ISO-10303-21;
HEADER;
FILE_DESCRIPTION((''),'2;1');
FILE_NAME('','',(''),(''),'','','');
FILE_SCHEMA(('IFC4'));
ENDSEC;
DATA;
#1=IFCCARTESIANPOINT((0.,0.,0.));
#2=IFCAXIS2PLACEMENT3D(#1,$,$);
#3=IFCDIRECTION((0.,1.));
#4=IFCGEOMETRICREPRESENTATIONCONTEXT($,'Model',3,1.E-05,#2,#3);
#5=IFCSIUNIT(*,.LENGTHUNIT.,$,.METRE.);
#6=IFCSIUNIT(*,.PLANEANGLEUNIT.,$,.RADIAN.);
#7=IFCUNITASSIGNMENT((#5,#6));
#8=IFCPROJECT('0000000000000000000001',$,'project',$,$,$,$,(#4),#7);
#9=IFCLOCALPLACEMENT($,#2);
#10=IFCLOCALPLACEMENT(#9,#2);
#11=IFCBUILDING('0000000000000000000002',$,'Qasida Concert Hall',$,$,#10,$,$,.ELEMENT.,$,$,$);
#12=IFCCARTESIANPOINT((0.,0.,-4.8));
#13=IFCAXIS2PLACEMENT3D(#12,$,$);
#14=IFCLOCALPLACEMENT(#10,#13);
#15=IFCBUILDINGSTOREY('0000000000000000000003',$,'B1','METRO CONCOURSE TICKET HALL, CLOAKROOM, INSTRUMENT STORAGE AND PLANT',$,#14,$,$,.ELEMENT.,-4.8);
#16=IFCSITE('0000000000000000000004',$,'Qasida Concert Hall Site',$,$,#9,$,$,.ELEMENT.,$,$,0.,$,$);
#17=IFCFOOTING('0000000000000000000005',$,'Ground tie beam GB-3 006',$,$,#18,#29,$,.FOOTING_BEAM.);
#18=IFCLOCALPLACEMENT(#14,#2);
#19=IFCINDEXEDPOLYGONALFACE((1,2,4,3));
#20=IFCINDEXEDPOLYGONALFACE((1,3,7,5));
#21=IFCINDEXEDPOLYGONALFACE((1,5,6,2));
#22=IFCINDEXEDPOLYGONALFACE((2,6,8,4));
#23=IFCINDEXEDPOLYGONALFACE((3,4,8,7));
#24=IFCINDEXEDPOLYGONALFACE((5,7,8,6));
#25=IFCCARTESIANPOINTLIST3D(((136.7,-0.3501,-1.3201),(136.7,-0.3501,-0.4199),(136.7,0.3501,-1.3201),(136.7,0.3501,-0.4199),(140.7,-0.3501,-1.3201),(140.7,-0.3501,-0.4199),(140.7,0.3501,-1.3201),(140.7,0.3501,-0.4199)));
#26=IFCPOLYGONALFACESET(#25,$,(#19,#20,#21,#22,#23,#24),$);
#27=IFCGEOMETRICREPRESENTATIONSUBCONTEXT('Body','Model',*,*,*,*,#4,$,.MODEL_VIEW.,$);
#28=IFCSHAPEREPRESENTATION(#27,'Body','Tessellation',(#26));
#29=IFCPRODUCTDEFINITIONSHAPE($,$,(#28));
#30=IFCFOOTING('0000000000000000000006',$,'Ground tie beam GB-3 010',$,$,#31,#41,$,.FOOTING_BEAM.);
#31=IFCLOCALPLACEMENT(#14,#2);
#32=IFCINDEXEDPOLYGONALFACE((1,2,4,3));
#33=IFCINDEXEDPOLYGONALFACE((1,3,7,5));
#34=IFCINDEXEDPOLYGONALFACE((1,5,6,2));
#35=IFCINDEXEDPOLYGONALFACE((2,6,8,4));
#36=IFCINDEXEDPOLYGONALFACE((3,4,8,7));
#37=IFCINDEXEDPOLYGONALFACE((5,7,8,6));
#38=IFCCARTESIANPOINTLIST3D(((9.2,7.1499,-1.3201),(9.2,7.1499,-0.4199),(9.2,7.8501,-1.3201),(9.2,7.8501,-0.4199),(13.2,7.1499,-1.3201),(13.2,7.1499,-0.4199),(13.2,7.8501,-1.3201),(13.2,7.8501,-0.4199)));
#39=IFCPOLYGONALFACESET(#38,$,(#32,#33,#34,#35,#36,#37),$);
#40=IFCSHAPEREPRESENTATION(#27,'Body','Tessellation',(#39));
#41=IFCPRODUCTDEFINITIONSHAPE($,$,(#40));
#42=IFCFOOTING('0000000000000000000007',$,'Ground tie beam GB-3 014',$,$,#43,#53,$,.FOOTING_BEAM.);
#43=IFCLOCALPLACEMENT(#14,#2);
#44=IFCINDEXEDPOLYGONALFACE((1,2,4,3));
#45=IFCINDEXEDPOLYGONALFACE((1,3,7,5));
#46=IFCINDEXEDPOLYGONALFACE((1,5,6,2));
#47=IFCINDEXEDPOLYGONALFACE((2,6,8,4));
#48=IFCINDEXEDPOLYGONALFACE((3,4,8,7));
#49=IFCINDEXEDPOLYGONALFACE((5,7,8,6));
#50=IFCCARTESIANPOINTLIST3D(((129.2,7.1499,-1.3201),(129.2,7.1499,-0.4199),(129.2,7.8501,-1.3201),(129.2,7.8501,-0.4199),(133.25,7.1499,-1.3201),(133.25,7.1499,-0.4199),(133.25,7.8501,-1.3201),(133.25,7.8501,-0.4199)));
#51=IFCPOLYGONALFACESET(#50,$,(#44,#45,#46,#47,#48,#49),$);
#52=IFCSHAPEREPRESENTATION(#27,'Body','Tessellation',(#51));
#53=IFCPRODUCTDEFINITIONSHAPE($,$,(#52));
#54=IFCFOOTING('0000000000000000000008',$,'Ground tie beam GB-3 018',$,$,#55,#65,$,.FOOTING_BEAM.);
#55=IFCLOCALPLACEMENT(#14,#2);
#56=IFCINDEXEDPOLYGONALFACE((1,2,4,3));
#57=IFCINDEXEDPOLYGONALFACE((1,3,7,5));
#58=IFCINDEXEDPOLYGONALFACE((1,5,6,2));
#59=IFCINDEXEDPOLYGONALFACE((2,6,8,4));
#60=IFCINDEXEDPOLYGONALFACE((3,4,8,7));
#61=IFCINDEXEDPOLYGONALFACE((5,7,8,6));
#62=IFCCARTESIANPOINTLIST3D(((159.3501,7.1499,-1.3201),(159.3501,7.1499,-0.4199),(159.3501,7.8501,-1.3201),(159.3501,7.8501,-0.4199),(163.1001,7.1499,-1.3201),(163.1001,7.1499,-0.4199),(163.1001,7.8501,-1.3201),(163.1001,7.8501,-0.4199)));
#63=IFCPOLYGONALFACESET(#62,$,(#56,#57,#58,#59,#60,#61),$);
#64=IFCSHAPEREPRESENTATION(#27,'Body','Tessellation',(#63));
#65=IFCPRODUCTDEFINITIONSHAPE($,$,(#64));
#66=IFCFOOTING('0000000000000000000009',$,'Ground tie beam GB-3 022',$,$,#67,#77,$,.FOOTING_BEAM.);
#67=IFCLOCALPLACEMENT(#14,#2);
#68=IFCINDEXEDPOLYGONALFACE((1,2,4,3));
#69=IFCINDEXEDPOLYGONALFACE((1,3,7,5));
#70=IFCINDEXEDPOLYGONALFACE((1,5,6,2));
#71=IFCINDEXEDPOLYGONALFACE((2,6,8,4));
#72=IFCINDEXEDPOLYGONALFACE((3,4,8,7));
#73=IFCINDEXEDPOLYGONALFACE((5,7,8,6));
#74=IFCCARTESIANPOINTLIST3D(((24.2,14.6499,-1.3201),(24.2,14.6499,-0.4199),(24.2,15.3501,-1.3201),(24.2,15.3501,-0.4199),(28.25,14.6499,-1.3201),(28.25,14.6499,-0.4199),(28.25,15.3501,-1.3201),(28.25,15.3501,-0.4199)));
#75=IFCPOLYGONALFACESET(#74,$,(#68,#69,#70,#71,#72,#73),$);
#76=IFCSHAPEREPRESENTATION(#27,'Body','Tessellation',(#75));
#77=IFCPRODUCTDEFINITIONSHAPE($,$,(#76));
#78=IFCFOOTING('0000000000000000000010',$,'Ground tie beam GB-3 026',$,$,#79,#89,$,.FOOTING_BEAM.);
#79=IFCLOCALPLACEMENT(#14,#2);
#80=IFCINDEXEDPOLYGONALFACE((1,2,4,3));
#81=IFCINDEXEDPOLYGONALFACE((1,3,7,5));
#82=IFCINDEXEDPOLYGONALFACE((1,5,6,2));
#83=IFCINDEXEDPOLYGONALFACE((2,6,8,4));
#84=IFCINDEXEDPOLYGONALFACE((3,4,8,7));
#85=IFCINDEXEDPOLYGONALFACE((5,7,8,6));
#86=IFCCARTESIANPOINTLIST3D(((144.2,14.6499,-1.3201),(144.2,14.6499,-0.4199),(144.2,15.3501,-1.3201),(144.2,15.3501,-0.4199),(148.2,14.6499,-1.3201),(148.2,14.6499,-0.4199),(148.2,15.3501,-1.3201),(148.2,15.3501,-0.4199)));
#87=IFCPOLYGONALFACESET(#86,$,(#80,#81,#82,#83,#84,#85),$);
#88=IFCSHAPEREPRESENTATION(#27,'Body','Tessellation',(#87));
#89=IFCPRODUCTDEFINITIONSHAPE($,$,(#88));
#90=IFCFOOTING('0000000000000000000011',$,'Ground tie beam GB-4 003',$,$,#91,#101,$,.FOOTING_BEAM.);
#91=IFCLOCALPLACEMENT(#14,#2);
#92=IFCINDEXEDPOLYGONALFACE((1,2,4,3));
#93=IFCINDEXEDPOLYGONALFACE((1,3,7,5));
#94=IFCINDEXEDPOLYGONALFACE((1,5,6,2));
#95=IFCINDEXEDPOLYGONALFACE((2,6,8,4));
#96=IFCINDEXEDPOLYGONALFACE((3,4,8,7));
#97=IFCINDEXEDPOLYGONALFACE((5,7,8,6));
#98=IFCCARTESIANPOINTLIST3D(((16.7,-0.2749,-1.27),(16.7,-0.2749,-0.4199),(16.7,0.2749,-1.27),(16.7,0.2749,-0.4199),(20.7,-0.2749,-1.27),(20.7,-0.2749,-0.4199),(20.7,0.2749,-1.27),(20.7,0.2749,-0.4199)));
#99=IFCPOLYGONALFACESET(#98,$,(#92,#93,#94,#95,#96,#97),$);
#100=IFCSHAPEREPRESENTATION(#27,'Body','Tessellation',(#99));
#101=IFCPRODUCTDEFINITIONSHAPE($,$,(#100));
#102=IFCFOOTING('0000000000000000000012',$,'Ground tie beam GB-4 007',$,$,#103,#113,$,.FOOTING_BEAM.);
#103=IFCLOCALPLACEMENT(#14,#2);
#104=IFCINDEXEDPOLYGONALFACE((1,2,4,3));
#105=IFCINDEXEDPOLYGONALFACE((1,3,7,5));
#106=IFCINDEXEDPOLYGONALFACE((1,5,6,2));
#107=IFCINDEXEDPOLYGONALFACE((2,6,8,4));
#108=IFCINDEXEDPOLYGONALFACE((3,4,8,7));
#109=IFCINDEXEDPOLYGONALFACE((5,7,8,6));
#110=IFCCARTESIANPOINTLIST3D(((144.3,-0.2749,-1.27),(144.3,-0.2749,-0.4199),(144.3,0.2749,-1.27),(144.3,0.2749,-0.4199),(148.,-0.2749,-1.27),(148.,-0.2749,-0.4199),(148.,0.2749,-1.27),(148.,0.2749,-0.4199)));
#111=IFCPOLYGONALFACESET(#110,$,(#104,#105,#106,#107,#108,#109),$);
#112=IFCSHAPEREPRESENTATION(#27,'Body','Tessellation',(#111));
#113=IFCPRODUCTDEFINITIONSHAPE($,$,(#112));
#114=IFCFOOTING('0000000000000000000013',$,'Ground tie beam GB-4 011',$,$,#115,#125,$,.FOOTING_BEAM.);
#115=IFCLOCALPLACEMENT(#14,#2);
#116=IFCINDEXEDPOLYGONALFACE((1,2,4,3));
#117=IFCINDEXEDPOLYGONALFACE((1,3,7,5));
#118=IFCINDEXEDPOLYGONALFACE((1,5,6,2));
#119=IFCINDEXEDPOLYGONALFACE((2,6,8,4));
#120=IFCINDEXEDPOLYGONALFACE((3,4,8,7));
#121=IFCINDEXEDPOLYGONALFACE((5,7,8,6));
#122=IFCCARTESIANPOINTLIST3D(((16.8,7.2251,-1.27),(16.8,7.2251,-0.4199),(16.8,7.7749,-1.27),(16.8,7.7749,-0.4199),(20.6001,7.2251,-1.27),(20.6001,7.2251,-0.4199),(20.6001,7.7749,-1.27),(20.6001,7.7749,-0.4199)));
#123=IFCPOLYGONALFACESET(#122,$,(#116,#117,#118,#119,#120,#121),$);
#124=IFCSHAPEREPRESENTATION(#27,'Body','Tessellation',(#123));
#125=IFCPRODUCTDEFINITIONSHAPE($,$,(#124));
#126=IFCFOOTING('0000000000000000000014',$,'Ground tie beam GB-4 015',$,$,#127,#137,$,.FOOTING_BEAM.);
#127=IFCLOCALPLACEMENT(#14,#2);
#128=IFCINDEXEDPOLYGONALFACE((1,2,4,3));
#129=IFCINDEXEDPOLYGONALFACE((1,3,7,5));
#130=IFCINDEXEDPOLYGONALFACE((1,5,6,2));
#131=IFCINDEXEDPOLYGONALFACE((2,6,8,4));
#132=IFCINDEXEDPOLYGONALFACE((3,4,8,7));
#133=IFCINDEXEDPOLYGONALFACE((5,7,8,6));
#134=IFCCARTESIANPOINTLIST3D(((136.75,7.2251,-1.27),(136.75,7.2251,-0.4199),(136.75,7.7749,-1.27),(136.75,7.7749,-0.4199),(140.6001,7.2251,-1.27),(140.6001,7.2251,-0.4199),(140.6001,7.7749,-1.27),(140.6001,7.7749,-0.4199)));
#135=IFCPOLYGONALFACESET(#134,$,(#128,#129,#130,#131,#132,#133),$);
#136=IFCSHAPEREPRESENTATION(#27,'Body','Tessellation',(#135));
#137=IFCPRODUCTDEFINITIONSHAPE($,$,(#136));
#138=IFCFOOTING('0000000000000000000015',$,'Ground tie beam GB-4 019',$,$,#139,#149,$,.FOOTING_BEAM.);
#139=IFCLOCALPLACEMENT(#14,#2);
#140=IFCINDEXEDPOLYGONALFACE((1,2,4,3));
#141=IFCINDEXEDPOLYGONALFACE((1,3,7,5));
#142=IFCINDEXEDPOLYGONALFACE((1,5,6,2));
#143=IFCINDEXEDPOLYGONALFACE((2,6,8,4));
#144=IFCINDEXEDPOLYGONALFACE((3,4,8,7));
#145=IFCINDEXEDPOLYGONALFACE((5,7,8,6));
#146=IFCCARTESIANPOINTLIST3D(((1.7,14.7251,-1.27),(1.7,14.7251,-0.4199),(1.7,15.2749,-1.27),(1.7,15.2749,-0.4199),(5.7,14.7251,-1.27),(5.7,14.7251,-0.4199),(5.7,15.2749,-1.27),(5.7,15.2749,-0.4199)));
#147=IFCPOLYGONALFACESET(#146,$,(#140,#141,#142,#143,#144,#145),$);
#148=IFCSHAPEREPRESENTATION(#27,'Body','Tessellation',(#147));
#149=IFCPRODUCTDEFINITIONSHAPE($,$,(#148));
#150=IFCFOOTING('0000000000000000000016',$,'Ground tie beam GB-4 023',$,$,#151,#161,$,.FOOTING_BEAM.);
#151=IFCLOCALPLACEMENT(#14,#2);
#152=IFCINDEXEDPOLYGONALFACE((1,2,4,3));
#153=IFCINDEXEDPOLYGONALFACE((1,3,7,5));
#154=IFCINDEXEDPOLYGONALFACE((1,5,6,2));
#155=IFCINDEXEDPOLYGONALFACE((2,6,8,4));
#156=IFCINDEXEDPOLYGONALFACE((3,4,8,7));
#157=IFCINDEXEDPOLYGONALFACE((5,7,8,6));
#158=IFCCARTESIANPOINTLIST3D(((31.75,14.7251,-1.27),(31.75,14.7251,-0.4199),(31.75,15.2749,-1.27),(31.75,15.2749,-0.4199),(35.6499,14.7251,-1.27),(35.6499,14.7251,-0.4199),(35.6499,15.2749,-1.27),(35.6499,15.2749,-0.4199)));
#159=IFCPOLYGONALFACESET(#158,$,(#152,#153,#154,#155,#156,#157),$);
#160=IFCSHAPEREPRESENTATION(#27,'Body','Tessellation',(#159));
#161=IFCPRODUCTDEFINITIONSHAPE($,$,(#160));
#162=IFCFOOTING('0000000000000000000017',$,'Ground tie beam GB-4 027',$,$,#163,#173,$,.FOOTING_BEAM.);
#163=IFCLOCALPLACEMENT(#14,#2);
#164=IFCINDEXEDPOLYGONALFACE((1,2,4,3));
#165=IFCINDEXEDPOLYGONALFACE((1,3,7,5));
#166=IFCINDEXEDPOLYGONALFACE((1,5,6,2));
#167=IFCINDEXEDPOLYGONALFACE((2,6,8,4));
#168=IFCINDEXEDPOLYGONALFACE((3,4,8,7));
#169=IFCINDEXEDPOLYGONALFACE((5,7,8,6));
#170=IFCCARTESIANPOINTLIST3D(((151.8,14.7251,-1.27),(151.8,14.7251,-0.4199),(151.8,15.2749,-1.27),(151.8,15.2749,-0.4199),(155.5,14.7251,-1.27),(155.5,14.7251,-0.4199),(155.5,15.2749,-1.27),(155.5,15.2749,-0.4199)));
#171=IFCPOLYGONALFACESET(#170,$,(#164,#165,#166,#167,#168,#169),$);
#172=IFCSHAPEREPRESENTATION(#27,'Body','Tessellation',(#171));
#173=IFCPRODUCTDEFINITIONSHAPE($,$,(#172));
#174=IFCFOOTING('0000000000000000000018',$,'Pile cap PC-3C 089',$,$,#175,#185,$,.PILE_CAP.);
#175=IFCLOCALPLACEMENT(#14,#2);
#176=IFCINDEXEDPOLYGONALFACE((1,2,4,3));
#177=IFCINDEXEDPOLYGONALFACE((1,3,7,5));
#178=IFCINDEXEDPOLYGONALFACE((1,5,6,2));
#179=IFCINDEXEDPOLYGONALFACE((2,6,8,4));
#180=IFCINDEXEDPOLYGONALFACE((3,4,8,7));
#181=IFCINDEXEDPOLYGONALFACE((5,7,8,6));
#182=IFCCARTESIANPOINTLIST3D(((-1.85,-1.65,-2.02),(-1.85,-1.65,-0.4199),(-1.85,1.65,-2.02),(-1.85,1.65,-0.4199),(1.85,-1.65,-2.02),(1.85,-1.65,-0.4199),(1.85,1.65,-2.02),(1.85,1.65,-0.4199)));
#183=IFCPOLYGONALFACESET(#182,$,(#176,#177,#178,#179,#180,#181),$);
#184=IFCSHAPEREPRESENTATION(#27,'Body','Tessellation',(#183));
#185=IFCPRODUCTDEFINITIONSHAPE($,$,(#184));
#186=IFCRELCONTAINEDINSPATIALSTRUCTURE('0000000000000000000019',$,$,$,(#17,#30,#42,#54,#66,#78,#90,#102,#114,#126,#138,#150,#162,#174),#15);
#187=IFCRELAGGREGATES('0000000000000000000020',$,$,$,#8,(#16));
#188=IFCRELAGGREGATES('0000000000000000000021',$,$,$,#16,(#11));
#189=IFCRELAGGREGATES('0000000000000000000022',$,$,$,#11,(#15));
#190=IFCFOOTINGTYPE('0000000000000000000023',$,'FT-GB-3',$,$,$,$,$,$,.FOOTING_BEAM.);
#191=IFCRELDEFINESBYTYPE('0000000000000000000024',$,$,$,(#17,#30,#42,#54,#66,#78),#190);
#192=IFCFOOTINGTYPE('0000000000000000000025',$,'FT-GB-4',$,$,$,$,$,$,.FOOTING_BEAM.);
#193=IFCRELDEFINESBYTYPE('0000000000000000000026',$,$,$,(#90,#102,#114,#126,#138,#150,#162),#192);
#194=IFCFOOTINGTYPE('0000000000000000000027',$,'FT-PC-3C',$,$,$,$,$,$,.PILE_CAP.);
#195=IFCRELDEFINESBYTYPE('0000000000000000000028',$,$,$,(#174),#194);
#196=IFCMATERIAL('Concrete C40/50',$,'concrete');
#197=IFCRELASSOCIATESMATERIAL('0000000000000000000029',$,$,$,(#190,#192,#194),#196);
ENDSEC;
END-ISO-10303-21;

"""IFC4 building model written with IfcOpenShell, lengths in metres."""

from ifc_helpers import new_model, si_unit, direction, frame, origin, origin_2d, place, context, subcontext, project, spatial, polyline, rectangle, outline, extrude, material, type_object, element, save


model = new_model("IFC4")

# Units and contexts
model_context = context("Model", 3, precision=1e-05, world=origin(), true_north=direction((0.0, 1.0)))
body_context = subcontext(model_context, "Body", "Model", "MODEL_VIEW")
ifc_project = project(units=[si_unit("LENGTHUNIT", "METRE"), si_unit("PLANEANGLEUNIT", "RADIAN")], contexts=[model_context])

# Site, building, storey
site_placement = place(None, origin())
site = spatial("IfcSite", under=ifc_project, at=site_placement, Name="Qasida Concert Hall Site", CompositionType="ELEMENT", RefElevation=0.0)
building_placement = place(site_placement, origin())
building = spatial("IfcBuilding", under=site, at=building_placement, Name="Qasida Concert Hall", CompositionType="ELEMENT")
storey_placement = place(building_placement, frame((0.0, 0.0, -4.8)))
storey = spatial("IfcBuildingStorey", under=building, at=storey_placement, Name="B1", Description="METRO CONCOURSE TICKET HALL, CLOAKROOM, INSTRUMENT STORAGE AND PLANT", CompositionType="ELEMENT", Elevation=-4.8)

# Footings
ifc_material = material(Name="Concrete C40/50", Category="concrete")
footing_type_1 = type_object("IfcFootingType", Name="FT-GB-3", PredefinedType="FOOTING_BEAM", material=ifc_material)
footing_1_placement = place(storey_placement, frame((0.0, 0.0, -1.3201)))
element("IfcFooting", 1, at=footing_1_placement, inside=storey, type_object=footing_type_1, Name="Ground tie beam GB-3 006", PredefinedType="FOOTING_BEAM", context=body_context, shape_type="SweptSolid", body=[
    extrude(outline(polyline([(136.7, -0.3501), (140.7, -0.3501), (140.7, 0.3501), (136.7, 0.3501), (136.7, -0.3501)])), origin(), (0.0, 0.0, 1.0), 0.9001),
])
footing_2_placement = place(storey_placement, frame((0.0, 0.0, -1.3201)))
element("IfcFooting", 2, at=footing_2_placement, inside=storey, type_object=footing_type_1, Name="Ground tie beam GB-3 010", PredefinedType="FOOTING_BEAM", context=body_context, shape_type="SweptSolid", body=[
    extrude(outline(polyline([(9.2, 7.1499), (13.2, 7.1499), (13.2, 7.8501), (9.2, 7.8501), (9.2, 7.1499)])), origin(), (0.0, 0.0, 1.0), 0.9001),
])
footing_3_placement = place(storey_placement, frame((0.0, 0.0, -1.3201)))
element("IfcFooting", 3, at=footing_3_placement, inside=storey, type_object=footing_type_1, Name="Ground tie beam GB-3 014", PredefinedType="FOOTING_BEAM", context=body_context, shape_type="SweptSolid", body=[
    extrude(outline(polyline([(129.2, 7.1499), (133.25, 7.1499), (133.25, 7.8501), (129.2, 7.8501), (129.2, 7.1499)])), origin(), (0.0, 0.0, 1.0), 0.9001),
])
footing_4_placement = place(storey_placement, frame((0.0, 0.0, -1.3201)))
element("IfcFooting", 4, at=footing_4_placement, inside=storey, type_object=footing_type_1, Name="Ground tie beam GB-3 018", PredefinedType="FOOTING_BEAM", context=body_context, shape_type="SweptSolid", body=[
    extrude(outline(polyline([(159.3501, 7.1499), (163.1001, 7.1499), (163.1001, 7.8501), (159.3501, 7.8501), (159.3501, 7.1499)])), origin(), (0.0, 0.0, 1.0), 0.9001),
])
footing_5_placement = place(storey_placement, frame((0.0, 0.0, -1.3201)))
element("IfcFooting", 5, at=footing_5_placement, inside=storey, type_object=footing_type_1, Name="Ground tie beam GB-3 022", PredefinedType="FOOTING_BEAM", context=body_context, shape_type="SweptSolid", body=[
    extrude(outline(polyline([(24.2, 14.6499), (28.25, 14.6499), (28.25, 15.3501), (24.2, 15.3501), (24.2, 14.6499)])), origin(), (0.0, 0.0, 1.0), 0.9001),
])
footing_6_placement = place(storey_placement, frame((0.0, 0.0, -1.3201)))
element("IfcFooting", 6, at=footing_6_placement, inside=storey, type_object=footing_type_1, Name="Ground tie beam GB-3 026", PredefinedType="FOOTING_BEAM", context=body_context, shape_type="SweptSolid", body=[
    extrude(outline(polyline([(144.2, 14.6499), (148.2, 14.6499), (148.2, 15.3501), (144.2, 15.3501), (144.2, 14.6499)])), origin(), (0.0, 0.0, 1.0), 0.9001),
])
footing_type_2 = type_object("IfcFootingType", Name="FT-GB-4", PredefinedType="FOOTING_BEAM", material=ifc_material)
footing_7_placement = place(storey_placement, frame((0.0, 0.0, -1.27)))
element("IfcFooting", 7, at=footing_7_placement, inside=storey, type_object=footing_type_2, Name="Ground tie beam GB-4 003", PredefinedType="FOOTING_BEAM", context=body_context, shape_type="SweptSolid", body=[
    extrude(outline(polyline([(16.7, -0.2749), (20.7, -0.2749), (20.7, 0.2749), (16.7, 0.2749), (16.7, -0.2749)])), origin(), (0.0, 0.0, 1.0), 0.8501),
])
footing_8_placement = place(storey_placement, frame((0.0, 0.0, -1.27)))
element("IfcFooting", 8, at=footing_8_placement, inside=storey, type_object=footing_type_2, Name="Ground tie beam GB-4 007", PredefinedType="FOOTING_BEAM", context=body_context, shape_type="SweptSolid", body=[
    extrude(outline(polyline([(144.3, -0.2749), (148.0, -0.2749), (148.0, 0.2749), (144.3, 0.2749), (144.3, -0.2749)])), origin(), (0.0, 0.0, 1.0), 0.8501),
])
footing_9_placement = place(storey_placement, frame((0.0, 0.0, -1.27)))
element("IfcFooting", 9, at=footing_9_placement, inside=storey, type_object=footing_type_2, Name="Ground tie beam GB-4 011", PredefinedType="FOOTING_BEAM", context=body_context, shape_type="SweptSolid", body=[
    extrude(outline(polyline([(16.8, 7.2251), (20.6001, 7.2251), (20.6001, 7.7749), (16.8, 7.7749), (16.8, 7.2251)])), origin(), (0.0, 0.0, 1.0), 0.8501),
])
footing_10_placement = place(storey_placement, frame((0.0, 0.0, -1.27)))
element("IfcFooting", 10, at=footing_10_placement, inside=storey, type_object=footing_type_2, Name="Ground tie beam GB-4 015", PredefinedType="FOOTING_BEAM", context=body_context, shape_type="SweptSolid", body=[
    extrude(outline(polyline([(136.75, 7.2251), (140.6001, 7.2251), (140.6001, 7.7749), (136.75, 7.7749), (136.75, 7.2251)])), origin(), (0.0, 0.0, 1.0), 0.8501),
])
footing_11_placement = place(storey_placement, frame((0.0, 0.0, -1.27)))
element("IfcFooting", 11, at=footing_11_placement, inside=storey, type_object=footing_type_2, Name="Ground tie beam GB-4 019", PredefinedType="FOOTING_BEAM", context=body_context, shape_type="SweptSolid", body=[
    extrude(outline(polyline([(1.7, 14.7251), (5.7, 14.7251), (5.7, 15.2749), (1.7, 15.2749), (1.7, 14.7251)])), origin(), (0.0, 0.0, 1.0), 0.8501),
])
footing_12_placement = place(storey_placement, frame((0.0, 0.0, -1.27)))
element("IfcFooting", 12, at=footing_12_placement, inside=storey, type_object=footing_type_2, Name="Ground tie beam GB-4 023", PredefinedType="FOOTING_BEAM", context=body_context, shape_type="SweptSolid", body=[
    extrude(outline(polyline([(31.75, 14.7251), (35.6499, 14.7251), (35.6499, 15.2749), (31.75, 15.2749), (31.75, 14.7251)])), origin(), (0.0, 0.0, 1.0), 0.8501),
])
footing_13_placement = place(storey_placement, frame((0.0, 0.0, -1.27)))
element("IfcFooting", 13, at=footing_13_placement, inside=storey, type_object=footing_type_2, Name="Ground tie beam GB-4 027", PredefinedType="FOOTING_BEAM", context=body_context, shape_type="SweptSolid", body=[
    extrude(outline(polyline([(151.8, 14.7251), (155.5, 14.7251), (155.5, 15.2749), (151.8, 15.2749), (151.8, 14.7251)])), origin(), (0.0, 0.0, 1.0), 0.8501),
])
footing_type_3 = type_object("IfcFootingType", Name="FT-PC-3C", PredefinedType="PILE_CAP", material=ifc_material)
footing_14_placement = place(storey_placement, frame((0.0, 0.0, -2.02), z_axis=(0.0, 0.0, 1.0), x_axis=(1.0, 0.0, 0.0)))
element("IfcFooting", 14, at=footing_14_placement, inside=storey, type_object=footing_type_3, Name="Pile cap PC-3C 089", PredefinedType="PILE_CAP", context=body_context, shape_type="SweptSolid", body=[
    extrude(rectangle(XDim=3.7, YDim=3.3, at=origin_2d()), origin(), (0.0, 0.0, 1.0), 1.6001),
])

save(model, "model.ifc")
